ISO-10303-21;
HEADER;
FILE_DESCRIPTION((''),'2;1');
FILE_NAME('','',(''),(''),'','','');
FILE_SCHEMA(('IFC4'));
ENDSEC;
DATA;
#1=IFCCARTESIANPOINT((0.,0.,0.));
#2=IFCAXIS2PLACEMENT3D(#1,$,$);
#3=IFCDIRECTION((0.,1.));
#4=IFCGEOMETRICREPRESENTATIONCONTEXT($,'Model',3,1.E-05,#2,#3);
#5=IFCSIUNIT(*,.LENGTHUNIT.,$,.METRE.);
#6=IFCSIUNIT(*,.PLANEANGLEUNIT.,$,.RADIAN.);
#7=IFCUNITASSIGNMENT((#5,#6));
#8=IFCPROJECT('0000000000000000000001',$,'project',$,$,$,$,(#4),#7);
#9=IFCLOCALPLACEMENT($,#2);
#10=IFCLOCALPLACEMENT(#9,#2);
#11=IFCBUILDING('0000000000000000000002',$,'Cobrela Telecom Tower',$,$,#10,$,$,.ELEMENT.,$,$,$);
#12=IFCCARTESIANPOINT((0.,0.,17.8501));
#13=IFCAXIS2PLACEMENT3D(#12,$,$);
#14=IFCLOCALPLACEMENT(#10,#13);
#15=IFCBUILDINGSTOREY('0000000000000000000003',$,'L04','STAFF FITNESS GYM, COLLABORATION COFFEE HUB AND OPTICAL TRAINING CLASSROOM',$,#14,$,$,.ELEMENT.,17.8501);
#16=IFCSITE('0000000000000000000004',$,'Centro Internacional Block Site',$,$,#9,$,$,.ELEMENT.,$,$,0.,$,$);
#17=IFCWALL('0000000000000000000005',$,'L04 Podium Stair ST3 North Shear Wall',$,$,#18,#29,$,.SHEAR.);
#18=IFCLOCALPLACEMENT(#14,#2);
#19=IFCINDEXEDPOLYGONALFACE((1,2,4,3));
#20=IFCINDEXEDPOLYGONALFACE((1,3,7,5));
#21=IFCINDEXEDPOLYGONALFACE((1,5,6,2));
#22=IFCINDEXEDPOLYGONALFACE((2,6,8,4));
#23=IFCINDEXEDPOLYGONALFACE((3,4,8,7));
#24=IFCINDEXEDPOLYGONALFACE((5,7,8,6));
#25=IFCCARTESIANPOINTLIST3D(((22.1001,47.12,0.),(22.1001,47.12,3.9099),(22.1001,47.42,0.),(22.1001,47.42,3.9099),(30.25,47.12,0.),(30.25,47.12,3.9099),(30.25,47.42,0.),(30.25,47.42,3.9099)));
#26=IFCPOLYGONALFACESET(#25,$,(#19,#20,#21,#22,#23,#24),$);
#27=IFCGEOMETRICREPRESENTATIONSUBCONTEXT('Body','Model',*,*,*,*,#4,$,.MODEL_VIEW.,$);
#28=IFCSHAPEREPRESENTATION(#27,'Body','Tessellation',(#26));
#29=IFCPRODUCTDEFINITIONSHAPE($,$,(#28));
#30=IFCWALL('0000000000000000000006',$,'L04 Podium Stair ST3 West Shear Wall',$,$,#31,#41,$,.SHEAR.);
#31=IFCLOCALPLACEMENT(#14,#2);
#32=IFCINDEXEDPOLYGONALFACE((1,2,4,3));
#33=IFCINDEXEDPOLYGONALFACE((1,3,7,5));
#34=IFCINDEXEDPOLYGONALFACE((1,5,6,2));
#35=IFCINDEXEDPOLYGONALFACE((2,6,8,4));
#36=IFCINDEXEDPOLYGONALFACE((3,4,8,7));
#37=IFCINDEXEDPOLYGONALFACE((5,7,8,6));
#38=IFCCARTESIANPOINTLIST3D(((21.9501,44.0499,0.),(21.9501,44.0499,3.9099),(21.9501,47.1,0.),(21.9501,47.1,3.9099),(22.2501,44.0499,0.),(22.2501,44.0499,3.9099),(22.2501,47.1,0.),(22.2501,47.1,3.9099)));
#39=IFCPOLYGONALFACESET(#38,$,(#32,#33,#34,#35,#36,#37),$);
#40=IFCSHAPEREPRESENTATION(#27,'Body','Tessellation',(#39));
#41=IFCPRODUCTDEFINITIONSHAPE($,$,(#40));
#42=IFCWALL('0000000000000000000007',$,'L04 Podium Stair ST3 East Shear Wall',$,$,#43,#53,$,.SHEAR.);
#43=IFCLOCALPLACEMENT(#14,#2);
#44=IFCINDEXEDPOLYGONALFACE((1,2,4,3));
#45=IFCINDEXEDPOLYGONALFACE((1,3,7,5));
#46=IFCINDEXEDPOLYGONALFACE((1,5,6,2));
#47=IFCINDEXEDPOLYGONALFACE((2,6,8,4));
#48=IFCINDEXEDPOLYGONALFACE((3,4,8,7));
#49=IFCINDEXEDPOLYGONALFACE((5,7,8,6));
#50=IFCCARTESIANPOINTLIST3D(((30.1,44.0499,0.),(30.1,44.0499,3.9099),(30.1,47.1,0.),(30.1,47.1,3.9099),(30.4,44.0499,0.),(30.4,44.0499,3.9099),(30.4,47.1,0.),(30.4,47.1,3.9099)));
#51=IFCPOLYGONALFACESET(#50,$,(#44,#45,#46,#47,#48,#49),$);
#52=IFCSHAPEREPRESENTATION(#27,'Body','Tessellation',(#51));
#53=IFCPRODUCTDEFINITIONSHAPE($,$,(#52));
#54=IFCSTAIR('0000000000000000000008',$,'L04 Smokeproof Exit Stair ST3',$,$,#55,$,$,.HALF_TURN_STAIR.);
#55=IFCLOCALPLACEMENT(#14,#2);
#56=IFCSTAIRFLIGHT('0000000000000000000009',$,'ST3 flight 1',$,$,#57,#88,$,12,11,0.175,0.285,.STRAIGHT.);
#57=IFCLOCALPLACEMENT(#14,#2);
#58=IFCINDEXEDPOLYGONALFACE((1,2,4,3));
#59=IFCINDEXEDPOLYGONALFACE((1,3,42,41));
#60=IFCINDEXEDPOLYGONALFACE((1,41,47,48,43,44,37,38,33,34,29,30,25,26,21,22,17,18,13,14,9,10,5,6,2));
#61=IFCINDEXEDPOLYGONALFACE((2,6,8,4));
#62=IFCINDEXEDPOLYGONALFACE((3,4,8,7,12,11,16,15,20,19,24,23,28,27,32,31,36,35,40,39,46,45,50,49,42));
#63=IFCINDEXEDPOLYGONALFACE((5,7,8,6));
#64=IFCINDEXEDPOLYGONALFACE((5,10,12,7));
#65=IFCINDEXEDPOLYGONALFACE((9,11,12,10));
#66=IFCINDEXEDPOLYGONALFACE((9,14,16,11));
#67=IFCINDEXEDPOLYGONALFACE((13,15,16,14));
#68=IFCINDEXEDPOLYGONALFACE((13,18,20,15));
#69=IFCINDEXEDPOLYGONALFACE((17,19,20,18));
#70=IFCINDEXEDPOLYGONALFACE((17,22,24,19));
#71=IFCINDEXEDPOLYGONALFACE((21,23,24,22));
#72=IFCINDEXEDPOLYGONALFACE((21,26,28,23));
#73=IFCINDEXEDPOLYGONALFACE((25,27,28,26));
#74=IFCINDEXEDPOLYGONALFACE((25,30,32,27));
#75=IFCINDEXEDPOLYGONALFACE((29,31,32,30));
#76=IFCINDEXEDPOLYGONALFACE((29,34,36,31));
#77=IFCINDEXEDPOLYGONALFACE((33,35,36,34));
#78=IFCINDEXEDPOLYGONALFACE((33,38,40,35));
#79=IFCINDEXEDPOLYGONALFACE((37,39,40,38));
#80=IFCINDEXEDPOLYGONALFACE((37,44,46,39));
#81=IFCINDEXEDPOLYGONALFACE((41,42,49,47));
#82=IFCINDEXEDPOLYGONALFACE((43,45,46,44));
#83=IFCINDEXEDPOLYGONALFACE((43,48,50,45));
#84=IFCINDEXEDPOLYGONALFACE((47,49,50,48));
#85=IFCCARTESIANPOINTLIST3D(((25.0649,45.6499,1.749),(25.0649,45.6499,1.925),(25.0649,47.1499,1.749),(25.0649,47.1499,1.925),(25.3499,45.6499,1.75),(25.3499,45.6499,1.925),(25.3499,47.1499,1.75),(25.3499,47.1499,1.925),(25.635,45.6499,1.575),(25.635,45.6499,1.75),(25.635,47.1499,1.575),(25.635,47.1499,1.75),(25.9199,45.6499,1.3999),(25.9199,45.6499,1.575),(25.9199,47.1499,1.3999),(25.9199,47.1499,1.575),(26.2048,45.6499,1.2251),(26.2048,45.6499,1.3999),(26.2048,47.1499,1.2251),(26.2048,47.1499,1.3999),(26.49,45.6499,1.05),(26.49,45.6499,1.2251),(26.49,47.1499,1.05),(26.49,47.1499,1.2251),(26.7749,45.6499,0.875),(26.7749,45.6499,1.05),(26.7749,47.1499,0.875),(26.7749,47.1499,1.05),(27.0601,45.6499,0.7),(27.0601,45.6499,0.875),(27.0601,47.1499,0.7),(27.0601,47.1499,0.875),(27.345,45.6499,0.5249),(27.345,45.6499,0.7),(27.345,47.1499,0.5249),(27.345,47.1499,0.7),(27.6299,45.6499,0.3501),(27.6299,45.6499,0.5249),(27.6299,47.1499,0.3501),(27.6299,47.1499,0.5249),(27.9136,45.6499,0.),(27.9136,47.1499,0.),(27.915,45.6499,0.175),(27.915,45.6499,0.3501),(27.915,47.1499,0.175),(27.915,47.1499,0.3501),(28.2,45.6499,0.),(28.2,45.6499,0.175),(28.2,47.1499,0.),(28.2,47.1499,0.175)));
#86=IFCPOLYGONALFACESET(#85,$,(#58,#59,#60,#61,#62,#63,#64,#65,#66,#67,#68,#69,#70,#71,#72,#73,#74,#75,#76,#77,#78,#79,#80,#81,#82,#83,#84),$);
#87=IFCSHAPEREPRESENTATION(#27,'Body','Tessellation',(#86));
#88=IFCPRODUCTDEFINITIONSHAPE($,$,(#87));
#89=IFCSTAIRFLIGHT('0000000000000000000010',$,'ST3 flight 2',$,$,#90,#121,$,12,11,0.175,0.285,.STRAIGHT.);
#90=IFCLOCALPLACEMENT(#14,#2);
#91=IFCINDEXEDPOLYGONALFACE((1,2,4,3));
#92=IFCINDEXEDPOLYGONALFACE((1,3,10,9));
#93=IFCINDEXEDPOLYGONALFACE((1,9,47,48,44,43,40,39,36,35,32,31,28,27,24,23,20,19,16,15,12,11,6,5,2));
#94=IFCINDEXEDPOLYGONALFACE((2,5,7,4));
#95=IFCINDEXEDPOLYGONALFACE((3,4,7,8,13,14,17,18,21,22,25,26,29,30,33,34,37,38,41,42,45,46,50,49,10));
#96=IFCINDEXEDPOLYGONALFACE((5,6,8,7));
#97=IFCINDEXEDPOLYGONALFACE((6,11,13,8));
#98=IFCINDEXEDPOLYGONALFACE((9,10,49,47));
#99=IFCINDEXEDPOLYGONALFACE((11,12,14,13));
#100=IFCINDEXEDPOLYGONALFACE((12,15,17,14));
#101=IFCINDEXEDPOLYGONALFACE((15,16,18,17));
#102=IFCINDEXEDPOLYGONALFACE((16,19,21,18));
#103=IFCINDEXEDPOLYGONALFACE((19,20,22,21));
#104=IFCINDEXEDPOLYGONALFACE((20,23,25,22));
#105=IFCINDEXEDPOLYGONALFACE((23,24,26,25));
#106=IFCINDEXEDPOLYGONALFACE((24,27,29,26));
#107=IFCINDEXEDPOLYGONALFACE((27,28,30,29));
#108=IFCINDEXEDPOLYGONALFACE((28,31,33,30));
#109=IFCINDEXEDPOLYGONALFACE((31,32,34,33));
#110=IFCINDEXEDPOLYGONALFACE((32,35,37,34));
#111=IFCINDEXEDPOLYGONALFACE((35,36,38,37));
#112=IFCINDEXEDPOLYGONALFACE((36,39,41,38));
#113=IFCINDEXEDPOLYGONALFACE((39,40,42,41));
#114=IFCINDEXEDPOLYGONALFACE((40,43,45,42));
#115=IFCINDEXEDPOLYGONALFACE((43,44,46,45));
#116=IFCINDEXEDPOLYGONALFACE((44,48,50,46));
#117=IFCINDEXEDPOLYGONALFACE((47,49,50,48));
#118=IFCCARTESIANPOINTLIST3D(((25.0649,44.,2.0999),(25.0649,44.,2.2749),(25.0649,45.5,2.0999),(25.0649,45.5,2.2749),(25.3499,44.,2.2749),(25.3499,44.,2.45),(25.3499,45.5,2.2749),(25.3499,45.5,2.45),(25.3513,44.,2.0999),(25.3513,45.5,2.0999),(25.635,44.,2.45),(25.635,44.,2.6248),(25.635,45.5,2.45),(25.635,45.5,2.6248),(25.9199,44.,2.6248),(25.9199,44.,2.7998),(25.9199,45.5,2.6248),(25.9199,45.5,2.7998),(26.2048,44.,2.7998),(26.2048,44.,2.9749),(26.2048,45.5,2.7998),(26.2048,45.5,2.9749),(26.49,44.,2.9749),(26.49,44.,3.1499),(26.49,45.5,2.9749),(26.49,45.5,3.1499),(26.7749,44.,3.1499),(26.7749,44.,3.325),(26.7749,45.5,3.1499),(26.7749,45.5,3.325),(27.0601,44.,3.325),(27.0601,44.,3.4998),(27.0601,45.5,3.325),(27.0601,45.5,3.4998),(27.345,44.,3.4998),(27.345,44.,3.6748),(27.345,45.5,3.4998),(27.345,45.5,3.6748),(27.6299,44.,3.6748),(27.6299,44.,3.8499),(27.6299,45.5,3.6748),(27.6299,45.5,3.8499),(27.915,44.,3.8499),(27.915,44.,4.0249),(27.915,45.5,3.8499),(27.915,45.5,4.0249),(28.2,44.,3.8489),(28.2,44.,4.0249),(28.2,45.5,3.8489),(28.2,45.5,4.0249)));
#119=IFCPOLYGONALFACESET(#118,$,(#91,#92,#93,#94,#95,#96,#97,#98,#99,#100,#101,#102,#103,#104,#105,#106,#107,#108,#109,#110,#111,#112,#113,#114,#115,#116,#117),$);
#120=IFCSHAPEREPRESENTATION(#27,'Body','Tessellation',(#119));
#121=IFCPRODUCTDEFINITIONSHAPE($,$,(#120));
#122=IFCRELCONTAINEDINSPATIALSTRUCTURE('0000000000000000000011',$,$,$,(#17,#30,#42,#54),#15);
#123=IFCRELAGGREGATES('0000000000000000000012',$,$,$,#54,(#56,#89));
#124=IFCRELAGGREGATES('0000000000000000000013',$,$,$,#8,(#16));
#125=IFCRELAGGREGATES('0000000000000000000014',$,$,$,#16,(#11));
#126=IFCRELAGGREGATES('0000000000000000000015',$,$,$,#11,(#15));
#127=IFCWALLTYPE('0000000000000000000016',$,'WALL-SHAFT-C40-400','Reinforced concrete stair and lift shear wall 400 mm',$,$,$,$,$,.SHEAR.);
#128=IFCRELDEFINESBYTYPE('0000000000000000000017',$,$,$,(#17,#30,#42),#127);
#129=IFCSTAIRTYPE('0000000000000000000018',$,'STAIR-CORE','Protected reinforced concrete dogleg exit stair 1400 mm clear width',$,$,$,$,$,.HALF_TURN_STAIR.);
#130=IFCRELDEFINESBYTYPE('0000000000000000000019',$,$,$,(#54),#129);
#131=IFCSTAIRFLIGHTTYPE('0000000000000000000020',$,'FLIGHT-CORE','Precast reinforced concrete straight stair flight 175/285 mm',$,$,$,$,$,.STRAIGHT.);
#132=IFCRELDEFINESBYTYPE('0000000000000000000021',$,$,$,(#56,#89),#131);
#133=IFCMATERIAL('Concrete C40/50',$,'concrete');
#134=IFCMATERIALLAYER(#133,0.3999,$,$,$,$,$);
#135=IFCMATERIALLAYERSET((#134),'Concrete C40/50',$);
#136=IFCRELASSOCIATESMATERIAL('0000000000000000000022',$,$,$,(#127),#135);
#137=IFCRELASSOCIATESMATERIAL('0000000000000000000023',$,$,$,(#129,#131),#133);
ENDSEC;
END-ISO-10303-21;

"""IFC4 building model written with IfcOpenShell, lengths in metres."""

from ifc_helpers import new_model, si_unit, direction, frame, frame_2d, origin, place, context, subcontext, project, spatial, polyline, rectangle, outline, extrude, material, layer, layer_set, type_object, element, aggregate, save


model = new_model("IFC4")

# Units and contexts
model_context = context("Model", 3, precision=1e-05, world=origin(), true_north=direction((0.0, 1.0)))
body_context = subcontext(model_context, "Body", "Model", "MODEL_VIEW")
ifc_project = project(units=[si_unit("LENGTHUNIT", "METRE"), si_unit("PLANEANGLEUNIT", "RADIAN")], contexts=[model_context])

# Site, building, storey
site_placement = place(None, origin())
site = spatial("IfcSite", under=ifc_project, at=site_placement, Name="Centro Internacional Block Site", CompositionType="ELEMENT", RefElevation=0.0)
building_placement = place(site_placement, origin())
building = spatial("IfcBuilding", under=site, at=building_placement, Name="Cobrela Telecom Tower", CompositionType="ELEMENT")
storey_placement = place(building_placement, frame((0.0, 0.0, 17.8501)))
storey = spatial("IfcBuildingStorey", under=building, at=storey_placement, Name="L04", Description="STAFF FITNESS GYM, COLLABORATION COFFEE HUB AND OPTICAL TRAINING CLASSROOM", CompositionType="ELEMENT", Elevation=17.8501)

# Shared definitions
ifc_material_1 = material(Name="Concrete C40/50", Category="concrete")
ifc_layer_1 = layer(ifc_material_1, 0.3999)
ifc_layer_set_1 = layer_set([ifc_layer_1], Name="Concrete C40/50")
wall_type = type_object("IfcWallType", Name="WALL-SHAFT-C40-400", Description="Reinforced concrete stair and lift shear wall 400 mm", PredefinedType="SHEAR", material=ifc_layer_set_1)

# Walls
wall_1_placement = place(storey_placement, frame((22.1001, 47.27, 0.0), z_axis=(0.0, 0.0, 1.0), x_axis=(1.0, 0.0, 0.0)))
element("IfcWall", 1, at=wall_1_placement, inside=storey, type_object=wall_type, Name="L04 Podium Stair ST3 North Shear Wall", PredefinedType="SHEAR", context=body_context, shape_type="SweptSolid", body=[
    extrude(rectangle(XDim=8.1499, YDim=0.3, at=frame_2d((4.075, 0.0))), origin(), (0.0, 0.0, 1.0), 3.9099),
])
for number, where, z_axis, x_axis, name in (
    (2, (22.1001, 44.05, 0.0), (0.0, 0.0, 1.0), (0.0, 1.0, 0.0), "L04 Podium Stair ST3 West Shear Wall"),
    (3, (30.25, 44.05, 0.0), (0.0, 0.0, 1.0), (0.0, 1.0, 0.0), "L04 Podium Stair ST3 East Shear Wall"),
):
    element("IfcWall", number, at=place(storey_placement, frame(where, z_axis=z_axis, x_axis=x_axis)), inside=storey, type_object=wall_type, Name=name, PredefinedType="SHEAR", context=body_context, shape_type="SweptSolid", body=[
        extrude(rectangle(XDim=3.05, YDim=0.3, at=frame_2d((1.5249, 0.0))), origin(), (0.0, 0.0, 1.0), 3.9099),
    ])

# Stair, stair flights
stair_type = type_object("IfcStairType", Name="STAIR-CORE", Description="Protected reinforced concrete dogleg exit stair 1400 mm clear width", PredefinedType="HALF_TURN_STAIR", material=ifc_material_1)
stair_placement = place(storey_placement, origin())
stair = element("IfcStair", 4, at=stair_placement, inside=storey, type_object=stair_type, Name="L04 Smokeproof Exit Stair ST3", PredefinedType="HALF_TURN_STAIR")
stair_flight_type = type_object("IfcStairFlightType", Name="FLIGHT-CORE", Description="Precast reinforced concrete straight stair flight 175/285 mm", PredefinedType="STRAIGHT", material=ifc_material_1)
stair_flight_1_placement = place(storey_placement, frame((28.2, 46.3999, 0.0), z_axis=(0.0, 0.0, 1.0), x_axis=(-1.0, 0.0, 0.0)))
stair_flight_1 = element("IfcStairFlight", 5, at=stair_flight_1_placement, type_object=stair_flight_type, Name="ST3 flight 1", NumberOfRisers=12, NumberOfTreads=11, PredefinedType="STRAIGHT", RiserHeight=0.175, TreadLength=0.285, context=body_context, shape_type="SweptSolid", body=[
    extrude(outline(polyline([(0.0, 0.0), (0.0, 0.175), (0.2849, 0.175), (0.2849, 0.3501), (0.5701, 0.3501), (0.5701, 0.5249), (0.855, 0.5249), (0.855, 0.7), (1.1399, 0.7), (1.1399, 0.875), (1.425, 0.875), (1.425, 1.05), (1.71, 1.05), (1.71, 1.2251), (1.9951, 1.2251), (1.9951, 1.3999), (2.28, 1.3999), (2.28, 1.575), (2.5649, 1.575), (2.5649, 1.75), (2.8501, 1.75), (2.8501, 1.925), (3.135, 1.925), (3.135, 2.1001), (3.135, 1.749), (0.2864, 0.0), (0.0, 0.0)])), frame((0.0, 0.75, 0.0), z_axis=(0.0, -1.0, 0.0), x_axis=(1.0, 0.0, 0.0)), (0.0, 0.0, 1.0), 1.5),
])
stair_flight_2_placement = place(storey_placement, frame((25.0649, 44.75, 2.0999), z_axis=(0.0, 0.0, 1.0), x_axis=(1.0, 0.0, 0.0)))
stair_flight_2 = element("IfcStairFlight", 6, at=stair_flight_2_placement, type_object=stair_flight_type, Name="ST3 flight 2", NumberOfRisers=12, NumberOfTreads=11, PredefinedType="STRAIGHT", RiserHeight=0.175, TreadLength=0.285, context=body_context, shape_type="SweptSolid", body=[
    extrude(outline(polyline([(0.0, 0.0), (0.0, 0.175), (0.2849, 0.175), (0.2849, 0.3501), (0.5701, 0.3501), (0.5701, 0.5249), (0.855, 0.5249), (0.855, 0.7), (1.1399, 0.7), (1.1399, 0.875), (1.425, 0.875), (1.425, 1.05), (1.71, 1.05), (1.71, 1.2251), (1.9951, 1.2251), (1.9951, 1.3999), (2.28, 1.3999), (2.28, 1.575), (2.5649, 1.575), (2.5649, 1.75), (2.8501, 1.75), (2.8501, 1.925), (3.135, 1.925), (3.135, 2.1001), (3.135, 1.749), (0.2864, 0.0), (0.0, 0.0)])), frame((0.0, 0.75, 0.0), z_axis=(0.0, -1.0, 0.0), x_axis=(1.0, 0.0, 0.0)), (0.0, 0.0, 1.0), 1.5),
])
aggregate(stair, [stair_flight_1, stair_flight_2])

save(model, "model.ifc")
